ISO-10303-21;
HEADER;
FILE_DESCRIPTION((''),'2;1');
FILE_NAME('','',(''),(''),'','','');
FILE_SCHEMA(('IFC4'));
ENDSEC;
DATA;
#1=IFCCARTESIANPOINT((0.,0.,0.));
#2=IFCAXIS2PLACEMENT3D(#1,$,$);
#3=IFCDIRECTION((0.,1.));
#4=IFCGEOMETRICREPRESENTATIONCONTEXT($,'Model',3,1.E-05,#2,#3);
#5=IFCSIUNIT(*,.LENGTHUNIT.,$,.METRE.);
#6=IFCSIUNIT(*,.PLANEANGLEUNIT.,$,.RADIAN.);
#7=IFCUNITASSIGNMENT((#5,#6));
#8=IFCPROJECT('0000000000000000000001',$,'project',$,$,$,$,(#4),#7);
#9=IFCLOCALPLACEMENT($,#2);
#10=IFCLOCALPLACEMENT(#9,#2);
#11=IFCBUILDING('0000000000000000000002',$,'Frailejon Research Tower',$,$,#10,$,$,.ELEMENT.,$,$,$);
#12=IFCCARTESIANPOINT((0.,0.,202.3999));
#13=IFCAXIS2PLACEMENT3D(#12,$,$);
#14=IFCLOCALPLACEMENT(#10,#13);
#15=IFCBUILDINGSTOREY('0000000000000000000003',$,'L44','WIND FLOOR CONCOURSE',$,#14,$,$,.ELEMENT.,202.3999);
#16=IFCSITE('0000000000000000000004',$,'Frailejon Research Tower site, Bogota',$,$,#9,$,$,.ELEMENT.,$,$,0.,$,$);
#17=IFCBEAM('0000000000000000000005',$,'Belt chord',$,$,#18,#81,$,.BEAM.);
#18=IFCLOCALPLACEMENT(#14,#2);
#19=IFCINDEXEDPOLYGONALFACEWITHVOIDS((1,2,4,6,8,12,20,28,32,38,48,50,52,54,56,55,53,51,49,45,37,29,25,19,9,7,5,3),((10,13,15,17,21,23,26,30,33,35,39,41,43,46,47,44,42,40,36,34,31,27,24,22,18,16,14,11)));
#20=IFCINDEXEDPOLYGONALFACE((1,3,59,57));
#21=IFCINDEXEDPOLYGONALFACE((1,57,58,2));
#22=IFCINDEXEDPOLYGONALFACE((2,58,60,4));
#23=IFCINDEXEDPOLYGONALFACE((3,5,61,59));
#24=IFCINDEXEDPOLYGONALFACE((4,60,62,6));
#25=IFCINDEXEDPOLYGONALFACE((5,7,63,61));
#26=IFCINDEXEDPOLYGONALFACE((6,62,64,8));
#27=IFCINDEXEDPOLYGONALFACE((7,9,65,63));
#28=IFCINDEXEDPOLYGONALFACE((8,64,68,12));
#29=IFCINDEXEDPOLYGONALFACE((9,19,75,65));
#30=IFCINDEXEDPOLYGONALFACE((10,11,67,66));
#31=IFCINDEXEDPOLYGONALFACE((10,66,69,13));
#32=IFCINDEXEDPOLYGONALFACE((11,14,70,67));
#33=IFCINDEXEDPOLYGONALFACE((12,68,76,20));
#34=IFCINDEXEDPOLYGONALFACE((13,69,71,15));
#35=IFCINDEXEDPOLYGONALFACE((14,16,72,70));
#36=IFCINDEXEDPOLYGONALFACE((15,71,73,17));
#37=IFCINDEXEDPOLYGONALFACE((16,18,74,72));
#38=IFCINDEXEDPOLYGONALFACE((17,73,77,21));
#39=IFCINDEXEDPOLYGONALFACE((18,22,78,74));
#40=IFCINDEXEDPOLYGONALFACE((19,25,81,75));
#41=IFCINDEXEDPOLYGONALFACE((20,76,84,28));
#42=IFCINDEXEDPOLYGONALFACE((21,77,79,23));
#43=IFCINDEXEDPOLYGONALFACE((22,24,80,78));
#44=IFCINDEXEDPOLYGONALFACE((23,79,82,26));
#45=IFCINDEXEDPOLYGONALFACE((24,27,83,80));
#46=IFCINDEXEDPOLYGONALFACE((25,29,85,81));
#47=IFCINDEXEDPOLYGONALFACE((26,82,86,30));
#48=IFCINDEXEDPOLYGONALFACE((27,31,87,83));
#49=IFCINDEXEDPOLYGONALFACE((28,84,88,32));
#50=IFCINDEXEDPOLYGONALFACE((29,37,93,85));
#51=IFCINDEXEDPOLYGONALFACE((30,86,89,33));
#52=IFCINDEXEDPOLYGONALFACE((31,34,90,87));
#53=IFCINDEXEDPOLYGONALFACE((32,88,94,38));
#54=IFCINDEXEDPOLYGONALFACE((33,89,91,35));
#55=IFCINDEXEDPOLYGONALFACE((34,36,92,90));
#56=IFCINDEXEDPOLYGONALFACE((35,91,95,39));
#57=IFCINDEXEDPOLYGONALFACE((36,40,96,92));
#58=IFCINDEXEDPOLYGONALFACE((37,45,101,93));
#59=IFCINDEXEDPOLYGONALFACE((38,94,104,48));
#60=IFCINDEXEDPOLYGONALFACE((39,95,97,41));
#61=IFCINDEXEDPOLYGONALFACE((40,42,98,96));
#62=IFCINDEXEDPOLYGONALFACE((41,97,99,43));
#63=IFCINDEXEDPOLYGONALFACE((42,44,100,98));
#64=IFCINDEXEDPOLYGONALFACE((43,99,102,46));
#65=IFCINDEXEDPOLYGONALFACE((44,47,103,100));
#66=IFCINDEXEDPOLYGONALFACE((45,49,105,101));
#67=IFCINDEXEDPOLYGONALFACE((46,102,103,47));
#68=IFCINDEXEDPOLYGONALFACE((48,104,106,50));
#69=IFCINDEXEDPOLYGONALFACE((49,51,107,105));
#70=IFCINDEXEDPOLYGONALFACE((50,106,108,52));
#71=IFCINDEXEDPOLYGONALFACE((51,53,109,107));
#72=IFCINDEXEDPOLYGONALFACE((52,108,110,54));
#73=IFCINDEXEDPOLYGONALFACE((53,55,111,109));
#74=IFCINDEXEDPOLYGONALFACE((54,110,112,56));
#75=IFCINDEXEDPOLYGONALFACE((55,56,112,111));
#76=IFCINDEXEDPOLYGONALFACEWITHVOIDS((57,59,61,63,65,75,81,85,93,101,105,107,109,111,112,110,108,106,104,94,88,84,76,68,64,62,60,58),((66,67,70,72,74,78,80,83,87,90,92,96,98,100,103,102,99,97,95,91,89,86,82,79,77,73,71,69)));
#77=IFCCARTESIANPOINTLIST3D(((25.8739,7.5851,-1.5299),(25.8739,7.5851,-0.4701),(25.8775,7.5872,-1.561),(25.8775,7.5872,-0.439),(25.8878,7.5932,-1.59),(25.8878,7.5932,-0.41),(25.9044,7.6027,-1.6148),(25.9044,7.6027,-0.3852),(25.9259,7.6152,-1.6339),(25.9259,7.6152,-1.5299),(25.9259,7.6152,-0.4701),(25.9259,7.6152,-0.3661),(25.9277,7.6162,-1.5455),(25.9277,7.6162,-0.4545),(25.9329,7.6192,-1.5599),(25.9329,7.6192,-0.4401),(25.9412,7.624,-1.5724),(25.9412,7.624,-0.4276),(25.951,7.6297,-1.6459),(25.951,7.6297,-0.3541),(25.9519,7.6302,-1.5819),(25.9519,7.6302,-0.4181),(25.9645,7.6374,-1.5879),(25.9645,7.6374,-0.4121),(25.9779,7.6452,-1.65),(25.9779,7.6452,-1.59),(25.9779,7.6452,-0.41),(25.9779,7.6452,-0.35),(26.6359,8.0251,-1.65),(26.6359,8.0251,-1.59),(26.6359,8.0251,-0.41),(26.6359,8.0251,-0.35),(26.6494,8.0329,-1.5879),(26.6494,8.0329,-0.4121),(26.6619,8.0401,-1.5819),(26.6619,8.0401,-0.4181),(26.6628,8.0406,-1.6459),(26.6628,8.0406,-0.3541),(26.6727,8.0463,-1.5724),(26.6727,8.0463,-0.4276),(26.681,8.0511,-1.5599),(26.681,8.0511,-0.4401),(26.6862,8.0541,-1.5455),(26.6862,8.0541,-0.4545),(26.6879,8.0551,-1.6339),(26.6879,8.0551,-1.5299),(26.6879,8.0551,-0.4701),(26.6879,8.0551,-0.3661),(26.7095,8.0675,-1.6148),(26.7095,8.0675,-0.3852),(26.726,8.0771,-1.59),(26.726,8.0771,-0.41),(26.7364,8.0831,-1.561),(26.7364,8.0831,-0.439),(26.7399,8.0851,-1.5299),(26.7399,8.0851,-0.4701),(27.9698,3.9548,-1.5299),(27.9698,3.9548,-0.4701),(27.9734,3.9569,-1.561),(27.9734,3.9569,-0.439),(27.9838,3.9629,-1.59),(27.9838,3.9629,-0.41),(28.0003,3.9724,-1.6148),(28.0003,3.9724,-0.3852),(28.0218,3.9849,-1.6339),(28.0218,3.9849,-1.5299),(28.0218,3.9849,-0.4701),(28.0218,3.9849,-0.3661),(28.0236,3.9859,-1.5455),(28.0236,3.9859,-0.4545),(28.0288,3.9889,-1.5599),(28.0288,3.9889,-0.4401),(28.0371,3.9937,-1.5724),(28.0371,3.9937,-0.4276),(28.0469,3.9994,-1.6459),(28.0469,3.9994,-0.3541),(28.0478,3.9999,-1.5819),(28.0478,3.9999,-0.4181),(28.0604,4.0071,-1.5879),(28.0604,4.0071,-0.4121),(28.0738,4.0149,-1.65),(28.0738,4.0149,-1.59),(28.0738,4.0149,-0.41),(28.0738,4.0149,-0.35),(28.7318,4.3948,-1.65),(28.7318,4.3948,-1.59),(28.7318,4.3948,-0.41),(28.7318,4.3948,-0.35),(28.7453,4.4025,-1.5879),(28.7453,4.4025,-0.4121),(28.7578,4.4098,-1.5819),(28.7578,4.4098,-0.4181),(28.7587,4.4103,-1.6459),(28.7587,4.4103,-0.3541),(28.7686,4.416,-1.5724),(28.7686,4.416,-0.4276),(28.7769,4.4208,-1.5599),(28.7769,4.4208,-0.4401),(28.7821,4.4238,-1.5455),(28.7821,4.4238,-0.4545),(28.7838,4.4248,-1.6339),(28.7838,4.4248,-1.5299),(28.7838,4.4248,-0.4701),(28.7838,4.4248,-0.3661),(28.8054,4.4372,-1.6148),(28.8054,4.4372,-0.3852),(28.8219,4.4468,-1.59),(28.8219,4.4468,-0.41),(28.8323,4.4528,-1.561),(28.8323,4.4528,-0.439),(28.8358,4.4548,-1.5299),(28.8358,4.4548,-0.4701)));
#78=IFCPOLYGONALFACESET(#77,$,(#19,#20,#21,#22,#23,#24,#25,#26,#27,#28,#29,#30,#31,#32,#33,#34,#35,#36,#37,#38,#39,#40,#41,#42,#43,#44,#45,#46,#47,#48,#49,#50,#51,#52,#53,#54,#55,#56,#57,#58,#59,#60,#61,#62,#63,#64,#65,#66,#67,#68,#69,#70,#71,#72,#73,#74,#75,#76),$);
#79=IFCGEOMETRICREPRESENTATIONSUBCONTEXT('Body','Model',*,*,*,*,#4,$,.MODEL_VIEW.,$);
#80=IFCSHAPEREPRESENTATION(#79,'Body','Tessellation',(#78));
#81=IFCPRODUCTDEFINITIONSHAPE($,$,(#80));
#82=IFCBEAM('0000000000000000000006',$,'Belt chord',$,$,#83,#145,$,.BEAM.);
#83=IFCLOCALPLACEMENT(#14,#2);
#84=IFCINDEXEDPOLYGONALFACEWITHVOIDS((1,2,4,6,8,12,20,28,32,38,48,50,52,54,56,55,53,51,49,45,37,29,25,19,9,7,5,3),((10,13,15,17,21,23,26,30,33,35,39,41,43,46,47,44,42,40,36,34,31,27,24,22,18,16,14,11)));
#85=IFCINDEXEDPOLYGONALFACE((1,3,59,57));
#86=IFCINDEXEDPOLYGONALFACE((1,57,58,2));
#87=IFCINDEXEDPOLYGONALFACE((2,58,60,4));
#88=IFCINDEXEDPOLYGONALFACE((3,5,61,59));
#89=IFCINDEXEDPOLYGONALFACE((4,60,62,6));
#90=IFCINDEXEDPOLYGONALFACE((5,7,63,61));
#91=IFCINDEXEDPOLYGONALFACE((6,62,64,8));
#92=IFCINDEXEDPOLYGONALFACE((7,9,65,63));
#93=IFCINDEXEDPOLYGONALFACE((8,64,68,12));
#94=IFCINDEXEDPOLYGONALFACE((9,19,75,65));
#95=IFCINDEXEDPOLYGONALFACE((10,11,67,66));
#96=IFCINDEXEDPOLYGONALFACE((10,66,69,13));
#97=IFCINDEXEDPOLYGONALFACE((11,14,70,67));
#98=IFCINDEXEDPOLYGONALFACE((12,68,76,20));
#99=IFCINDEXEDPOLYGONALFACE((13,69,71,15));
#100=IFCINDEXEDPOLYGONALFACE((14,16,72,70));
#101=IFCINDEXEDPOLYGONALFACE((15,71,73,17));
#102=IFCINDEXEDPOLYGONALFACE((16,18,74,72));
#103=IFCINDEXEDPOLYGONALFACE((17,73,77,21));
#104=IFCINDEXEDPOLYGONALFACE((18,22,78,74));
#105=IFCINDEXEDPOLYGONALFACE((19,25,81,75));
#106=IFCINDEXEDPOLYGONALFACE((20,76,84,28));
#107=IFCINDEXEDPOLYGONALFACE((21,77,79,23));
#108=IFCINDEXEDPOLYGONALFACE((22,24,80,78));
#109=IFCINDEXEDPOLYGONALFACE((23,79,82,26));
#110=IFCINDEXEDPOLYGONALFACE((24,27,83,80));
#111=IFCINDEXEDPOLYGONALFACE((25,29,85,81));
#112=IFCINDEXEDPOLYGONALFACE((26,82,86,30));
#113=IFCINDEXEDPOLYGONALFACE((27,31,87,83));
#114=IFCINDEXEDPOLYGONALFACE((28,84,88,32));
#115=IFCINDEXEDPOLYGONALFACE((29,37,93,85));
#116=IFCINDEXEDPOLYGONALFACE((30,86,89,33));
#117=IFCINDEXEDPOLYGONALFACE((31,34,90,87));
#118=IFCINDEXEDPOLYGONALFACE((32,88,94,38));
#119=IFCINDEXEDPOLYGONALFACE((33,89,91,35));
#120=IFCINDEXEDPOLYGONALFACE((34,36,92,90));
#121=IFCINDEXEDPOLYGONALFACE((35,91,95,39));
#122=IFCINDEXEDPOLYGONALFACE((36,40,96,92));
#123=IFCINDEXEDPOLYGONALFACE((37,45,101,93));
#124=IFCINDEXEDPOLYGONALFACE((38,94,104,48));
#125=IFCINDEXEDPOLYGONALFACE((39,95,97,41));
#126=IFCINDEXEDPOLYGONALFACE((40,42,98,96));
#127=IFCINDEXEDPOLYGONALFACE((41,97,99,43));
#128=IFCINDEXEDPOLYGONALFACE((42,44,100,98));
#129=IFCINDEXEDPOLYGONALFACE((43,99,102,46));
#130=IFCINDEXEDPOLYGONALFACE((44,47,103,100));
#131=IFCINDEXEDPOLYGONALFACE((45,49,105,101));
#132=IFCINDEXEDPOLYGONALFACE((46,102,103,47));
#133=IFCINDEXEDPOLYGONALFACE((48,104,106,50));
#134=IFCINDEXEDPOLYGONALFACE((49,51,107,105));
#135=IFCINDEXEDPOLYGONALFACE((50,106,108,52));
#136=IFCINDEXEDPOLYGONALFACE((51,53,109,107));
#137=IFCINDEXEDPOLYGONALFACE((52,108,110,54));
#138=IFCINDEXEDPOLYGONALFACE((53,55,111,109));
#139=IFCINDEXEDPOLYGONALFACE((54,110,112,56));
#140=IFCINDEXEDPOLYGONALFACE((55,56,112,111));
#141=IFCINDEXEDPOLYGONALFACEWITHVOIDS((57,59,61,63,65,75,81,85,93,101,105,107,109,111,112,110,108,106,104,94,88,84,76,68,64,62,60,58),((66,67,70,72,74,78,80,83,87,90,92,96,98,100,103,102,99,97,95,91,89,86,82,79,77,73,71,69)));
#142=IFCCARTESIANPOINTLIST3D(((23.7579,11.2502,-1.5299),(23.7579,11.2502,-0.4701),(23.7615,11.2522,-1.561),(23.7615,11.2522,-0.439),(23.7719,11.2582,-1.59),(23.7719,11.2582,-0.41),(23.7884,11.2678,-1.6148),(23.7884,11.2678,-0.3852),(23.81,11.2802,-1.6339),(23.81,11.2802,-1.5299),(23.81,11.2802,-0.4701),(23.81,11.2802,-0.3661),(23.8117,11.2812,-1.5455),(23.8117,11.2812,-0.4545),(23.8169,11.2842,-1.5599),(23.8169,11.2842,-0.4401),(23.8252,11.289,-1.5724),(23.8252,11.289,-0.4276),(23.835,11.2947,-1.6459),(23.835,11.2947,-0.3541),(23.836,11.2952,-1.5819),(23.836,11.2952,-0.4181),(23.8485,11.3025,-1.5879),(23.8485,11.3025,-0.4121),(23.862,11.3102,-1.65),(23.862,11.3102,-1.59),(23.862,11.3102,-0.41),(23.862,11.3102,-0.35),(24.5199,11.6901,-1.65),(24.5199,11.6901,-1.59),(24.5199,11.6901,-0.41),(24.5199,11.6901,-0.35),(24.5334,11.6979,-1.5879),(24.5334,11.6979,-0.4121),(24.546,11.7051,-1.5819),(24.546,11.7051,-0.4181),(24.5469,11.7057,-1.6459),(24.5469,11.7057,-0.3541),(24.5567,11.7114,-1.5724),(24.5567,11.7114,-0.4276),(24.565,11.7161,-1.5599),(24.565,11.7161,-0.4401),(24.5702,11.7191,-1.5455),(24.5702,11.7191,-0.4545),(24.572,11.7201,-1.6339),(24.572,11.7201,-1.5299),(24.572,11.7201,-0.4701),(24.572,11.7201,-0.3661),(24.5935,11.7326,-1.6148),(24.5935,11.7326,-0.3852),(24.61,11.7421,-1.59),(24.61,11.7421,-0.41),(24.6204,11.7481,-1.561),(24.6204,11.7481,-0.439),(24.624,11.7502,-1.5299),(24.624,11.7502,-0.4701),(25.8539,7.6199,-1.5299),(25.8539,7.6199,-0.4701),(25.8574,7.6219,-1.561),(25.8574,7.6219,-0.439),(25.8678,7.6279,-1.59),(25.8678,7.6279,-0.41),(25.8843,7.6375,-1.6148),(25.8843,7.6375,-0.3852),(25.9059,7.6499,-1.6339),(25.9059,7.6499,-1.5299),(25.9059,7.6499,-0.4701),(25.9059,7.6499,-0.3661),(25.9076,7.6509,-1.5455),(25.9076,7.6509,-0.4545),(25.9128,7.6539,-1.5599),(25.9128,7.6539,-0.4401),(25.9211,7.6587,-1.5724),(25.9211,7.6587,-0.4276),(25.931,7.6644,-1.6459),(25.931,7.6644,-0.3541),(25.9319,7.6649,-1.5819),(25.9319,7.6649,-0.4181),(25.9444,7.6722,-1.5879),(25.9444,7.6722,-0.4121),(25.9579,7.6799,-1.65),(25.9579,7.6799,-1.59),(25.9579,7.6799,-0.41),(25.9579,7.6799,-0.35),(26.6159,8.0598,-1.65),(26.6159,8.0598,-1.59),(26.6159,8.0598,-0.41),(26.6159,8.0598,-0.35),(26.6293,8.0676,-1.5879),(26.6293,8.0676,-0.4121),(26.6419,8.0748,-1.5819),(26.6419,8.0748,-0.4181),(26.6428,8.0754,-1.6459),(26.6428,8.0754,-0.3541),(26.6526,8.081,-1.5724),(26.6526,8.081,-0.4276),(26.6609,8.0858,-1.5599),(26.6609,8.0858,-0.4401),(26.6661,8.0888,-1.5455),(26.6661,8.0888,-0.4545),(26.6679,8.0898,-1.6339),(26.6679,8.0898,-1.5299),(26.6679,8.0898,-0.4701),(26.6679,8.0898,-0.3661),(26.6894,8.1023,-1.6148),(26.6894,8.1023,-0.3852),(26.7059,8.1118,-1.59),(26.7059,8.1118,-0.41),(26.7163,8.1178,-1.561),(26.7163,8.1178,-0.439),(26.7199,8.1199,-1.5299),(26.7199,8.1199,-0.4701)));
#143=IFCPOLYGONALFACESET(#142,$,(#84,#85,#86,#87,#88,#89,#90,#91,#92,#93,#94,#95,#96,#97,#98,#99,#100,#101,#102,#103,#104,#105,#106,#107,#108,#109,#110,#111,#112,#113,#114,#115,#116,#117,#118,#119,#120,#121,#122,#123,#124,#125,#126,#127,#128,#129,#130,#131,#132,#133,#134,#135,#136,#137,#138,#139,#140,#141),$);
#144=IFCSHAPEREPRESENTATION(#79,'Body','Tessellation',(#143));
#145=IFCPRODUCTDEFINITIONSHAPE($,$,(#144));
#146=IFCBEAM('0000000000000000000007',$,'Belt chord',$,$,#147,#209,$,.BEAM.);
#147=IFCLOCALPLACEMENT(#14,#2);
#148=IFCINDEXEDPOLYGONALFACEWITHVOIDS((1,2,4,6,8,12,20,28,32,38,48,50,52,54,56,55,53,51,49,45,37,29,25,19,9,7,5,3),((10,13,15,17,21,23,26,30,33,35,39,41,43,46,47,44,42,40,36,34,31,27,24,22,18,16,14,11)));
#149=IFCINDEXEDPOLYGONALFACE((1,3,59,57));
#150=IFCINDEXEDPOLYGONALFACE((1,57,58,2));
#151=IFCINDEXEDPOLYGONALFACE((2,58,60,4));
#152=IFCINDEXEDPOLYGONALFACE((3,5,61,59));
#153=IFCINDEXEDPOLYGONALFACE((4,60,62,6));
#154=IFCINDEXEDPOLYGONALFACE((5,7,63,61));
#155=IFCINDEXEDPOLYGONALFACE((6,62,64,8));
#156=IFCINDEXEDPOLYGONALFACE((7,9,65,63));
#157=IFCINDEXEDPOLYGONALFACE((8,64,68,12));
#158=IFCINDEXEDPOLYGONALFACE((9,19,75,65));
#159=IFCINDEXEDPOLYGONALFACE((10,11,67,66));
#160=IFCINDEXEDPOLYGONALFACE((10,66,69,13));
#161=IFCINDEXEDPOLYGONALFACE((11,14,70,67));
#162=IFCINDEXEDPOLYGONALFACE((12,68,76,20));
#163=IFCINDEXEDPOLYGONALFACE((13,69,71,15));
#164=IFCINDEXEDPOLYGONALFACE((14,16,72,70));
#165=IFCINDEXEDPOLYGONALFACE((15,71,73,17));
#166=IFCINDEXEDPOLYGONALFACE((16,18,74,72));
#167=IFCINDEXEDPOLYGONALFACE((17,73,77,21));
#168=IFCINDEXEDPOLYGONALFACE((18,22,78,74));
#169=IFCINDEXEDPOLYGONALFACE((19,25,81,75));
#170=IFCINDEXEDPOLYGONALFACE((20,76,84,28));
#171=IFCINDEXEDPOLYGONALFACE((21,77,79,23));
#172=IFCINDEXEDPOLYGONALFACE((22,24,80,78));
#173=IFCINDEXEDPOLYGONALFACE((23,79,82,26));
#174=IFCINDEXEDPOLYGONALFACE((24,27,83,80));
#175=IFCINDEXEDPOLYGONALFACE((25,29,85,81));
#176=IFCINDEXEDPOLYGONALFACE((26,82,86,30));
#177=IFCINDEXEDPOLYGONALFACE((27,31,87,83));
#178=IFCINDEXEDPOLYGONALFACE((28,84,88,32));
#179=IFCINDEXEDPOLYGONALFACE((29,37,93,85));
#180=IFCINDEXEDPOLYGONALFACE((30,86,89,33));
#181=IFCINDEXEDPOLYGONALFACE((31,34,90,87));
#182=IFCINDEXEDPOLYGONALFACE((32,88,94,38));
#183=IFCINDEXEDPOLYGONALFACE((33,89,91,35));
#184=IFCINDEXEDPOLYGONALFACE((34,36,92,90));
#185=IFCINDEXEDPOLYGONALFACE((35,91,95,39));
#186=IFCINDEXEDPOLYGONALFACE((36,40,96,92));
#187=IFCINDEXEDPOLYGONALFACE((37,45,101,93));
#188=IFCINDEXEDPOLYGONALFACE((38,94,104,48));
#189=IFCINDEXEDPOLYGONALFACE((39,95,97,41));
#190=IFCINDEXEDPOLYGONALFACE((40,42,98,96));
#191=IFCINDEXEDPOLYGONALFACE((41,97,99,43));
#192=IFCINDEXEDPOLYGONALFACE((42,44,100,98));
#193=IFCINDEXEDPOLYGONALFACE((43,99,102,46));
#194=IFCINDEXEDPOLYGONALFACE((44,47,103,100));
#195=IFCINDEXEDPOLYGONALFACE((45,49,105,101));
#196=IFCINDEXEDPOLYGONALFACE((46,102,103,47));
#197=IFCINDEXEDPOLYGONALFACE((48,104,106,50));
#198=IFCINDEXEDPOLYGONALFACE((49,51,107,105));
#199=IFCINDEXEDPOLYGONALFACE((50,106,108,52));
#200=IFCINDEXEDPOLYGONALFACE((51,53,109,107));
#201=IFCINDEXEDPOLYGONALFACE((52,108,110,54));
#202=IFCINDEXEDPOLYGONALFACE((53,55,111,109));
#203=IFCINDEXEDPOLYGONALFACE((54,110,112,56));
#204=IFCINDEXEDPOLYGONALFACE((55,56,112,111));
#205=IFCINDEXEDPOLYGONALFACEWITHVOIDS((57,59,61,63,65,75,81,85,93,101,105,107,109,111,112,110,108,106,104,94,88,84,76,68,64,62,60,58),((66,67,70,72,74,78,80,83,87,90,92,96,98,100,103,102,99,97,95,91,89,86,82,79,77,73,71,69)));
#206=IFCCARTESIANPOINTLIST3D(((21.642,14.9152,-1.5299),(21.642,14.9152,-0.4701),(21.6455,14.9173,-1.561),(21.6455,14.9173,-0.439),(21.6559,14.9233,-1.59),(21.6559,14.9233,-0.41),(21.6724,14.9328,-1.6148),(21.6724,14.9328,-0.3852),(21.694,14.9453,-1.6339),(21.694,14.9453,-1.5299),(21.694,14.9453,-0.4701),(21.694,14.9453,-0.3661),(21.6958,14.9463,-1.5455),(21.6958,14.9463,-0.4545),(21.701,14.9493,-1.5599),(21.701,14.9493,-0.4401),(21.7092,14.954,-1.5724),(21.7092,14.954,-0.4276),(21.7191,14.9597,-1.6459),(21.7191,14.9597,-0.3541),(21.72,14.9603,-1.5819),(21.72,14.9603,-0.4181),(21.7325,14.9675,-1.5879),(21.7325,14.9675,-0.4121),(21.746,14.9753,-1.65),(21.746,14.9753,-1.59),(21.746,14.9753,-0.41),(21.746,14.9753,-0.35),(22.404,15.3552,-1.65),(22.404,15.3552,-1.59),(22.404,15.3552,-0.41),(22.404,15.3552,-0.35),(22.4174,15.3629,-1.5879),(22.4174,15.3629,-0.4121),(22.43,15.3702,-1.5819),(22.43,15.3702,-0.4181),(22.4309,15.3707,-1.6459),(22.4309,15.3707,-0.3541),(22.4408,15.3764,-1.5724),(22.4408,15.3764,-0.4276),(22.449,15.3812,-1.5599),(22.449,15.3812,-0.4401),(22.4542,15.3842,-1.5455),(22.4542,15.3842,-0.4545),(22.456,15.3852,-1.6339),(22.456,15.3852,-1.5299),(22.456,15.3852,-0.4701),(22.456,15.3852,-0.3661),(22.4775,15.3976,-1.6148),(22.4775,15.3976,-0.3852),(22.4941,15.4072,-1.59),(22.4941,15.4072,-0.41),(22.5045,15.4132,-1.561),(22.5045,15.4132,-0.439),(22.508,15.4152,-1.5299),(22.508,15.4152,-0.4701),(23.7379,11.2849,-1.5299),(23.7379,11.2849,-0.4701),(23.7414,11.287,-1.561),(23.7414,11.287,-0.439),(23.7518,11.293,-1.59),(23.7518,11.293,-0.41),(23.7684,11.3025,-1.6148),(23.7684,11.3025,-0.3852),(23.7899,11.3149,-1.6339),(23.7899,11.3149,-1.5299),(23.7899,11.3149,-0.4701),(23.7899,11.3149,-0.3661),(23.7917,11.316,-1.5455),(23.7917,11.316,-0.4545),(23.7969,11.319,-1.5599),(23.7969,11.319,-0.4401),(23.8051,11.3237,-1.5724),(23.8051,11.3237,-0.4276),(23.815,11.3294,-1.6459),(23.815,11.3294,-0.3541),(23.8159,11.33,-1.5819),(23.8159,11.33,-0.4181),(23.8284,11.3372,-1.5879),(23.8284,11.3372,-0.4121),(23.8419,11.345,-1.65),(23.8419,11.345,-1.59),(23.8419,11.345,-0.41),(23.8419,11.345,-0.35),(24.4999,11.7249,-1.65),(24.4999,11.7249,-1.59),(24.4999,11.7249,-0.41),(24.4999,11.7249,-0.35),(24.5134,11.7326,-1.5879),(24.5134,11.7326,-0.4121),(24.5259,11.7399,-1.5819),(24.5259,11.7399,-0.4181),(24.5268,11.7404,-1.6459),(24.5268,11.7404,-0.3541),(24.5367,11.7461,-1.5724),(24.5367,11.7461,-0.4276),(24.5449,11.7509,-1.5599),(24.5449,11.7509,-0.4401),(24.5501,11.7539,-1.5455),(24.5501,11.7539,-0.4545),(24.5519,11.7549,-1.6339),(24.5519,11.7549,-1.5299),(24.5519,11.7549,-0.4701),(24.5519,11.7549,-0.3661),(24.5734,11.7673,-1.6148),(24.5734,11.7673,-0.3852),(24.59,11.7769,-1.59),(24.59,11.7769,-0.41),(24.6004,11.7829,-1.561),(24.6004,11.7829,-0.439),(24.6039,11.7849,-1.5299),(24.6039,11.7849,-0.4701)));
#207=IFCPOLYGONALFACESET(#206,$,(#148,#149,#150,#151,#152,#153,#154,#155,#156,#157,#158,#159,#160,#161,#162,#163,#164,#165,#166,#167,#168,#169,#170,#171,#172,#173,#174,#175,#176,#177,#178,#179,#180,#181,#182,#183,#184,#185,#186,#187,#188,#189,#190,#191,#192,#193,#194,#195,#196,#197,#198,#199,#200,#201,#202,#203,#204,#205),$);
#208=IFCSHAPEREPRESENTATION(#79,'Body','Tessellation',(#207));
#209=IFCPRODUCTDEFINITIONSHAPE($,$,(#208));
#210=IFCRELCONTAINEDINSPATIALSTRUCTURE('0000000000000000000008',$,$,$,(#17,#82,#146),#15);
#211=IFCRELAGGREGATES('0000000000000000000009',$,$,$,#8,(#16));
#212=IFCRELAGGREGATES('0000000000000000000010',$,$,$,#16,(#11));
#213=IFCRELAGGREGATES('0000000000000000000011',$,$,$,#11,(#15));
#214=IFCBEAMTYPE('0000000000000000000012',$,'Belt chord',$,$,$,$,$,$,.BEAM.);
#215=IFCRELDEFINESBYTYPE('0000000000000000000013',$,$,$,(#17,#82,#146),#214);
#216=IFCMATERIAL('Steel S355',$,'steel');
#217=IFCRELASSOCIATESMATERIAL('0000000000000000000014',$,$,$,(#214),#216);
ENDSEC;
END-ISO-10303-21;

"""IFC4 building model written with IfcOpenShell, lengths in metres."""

from ifc_helpers import new_model, si_unit, direction, frame, origin, origin_2d, place, context, subcontext, project, spatial, hollow_rectangle, extrude, material, material_profile, profile_set, type_object, element, save


model = new_model("IFC4")

# Units and contexts
model_context = context("Model", 3, precision=1e-05, world=origin(), true_north=direction((0.0, 1.0)))
body_context = subcontext(model_context, "Body", "Model", "MODEL_VIEW")
ifc_project = project(units=[si_unit("LENGTHUNIT", "METRE"), si_unit("PLANEANGLEUNIT", "RADIAN")], contexts=[model_context])

# Site, building, storey
site_placement = place(None, origin())
site = spatial("IfcSite", under=ifc_project, at=site_placement, Name="Frailejon Research Tower site, Bogota", CompositionType="ELEMENT", RefElevation=0.0)
building_placement = place(site_placement, origin())
building = spatial("IfcBuilding", under=site, at=building_placement, Name="Frailejon Research Tower", CompositionType="ELEMENT")
storey_placement = place(building_placement, frame((0.0, 0.0, 202.3999)))
storey = spatial("IfcBuildingStorey", under=building, at=storey_placement, Name="L44", Description="WIND FLOOR CONCOURSE", CompositionType="ELEMENT", Elevation=202.3999)

# Beams
ifc_material_1 = material(Name="Steel S355", Category="steel")
ifc_material_profile_1 = material_profile(ifc_material_1, hollow_rectangle(XDim=1.0, YDim=1.3, WallThickness=0.0601, InnerFilletRadius=0.0601, OuterFilletRadius=0.1201, at=origin_2d()), Name="Belt chord")
ifc_profile_set_1 = profile_set([ifc_material_profile_1], Name="Steel S355")
beam_type_1 = type_object("IfcBeamType", Name="Belt chord", PredefinedType="BEAM", material=ifc_profile_set_1)
for number, where, z_axis, x_axis, name in (
    (1, (28.4028, 4.2048, -1.0), (-0.499991, 0.86603, 0.0), (-0.86603, -0.499991, 0.0), "Belt chord"),
    (2, (26.2869, 7.8699, -1.0), (-0.499991, 0.86603, 0.0), (-0.86603, -0.499991, 0.0), "Belt chord"),
    (3, (24.1709, 11.5349, -1.0), (-0.499991, 0.86603, 0.0), (-0.86603, -0.499991, 0.0), "Belt chord"),
):
    element("IfcBeam", number, at=place(storey_placement, frame(where, z_axis=z_axis, x_axis=x_axis)), inside=storey, type_object=beam_type_1, Name=name, PredefinedType="BEAM", context=body_context, shape_type="SweptSolid", body=[
        extrude(hollow_rectangle(XDim=1.0, YDim=1.3, WallThickness=0.0601, InnerFilletRadius=0.0601, OuterFilletRadius=0.1201, at=origin_2d()), origin(), (0.0, 0.0, 1.0), 4.1919),
    ])

save(model, "model.ifc")
